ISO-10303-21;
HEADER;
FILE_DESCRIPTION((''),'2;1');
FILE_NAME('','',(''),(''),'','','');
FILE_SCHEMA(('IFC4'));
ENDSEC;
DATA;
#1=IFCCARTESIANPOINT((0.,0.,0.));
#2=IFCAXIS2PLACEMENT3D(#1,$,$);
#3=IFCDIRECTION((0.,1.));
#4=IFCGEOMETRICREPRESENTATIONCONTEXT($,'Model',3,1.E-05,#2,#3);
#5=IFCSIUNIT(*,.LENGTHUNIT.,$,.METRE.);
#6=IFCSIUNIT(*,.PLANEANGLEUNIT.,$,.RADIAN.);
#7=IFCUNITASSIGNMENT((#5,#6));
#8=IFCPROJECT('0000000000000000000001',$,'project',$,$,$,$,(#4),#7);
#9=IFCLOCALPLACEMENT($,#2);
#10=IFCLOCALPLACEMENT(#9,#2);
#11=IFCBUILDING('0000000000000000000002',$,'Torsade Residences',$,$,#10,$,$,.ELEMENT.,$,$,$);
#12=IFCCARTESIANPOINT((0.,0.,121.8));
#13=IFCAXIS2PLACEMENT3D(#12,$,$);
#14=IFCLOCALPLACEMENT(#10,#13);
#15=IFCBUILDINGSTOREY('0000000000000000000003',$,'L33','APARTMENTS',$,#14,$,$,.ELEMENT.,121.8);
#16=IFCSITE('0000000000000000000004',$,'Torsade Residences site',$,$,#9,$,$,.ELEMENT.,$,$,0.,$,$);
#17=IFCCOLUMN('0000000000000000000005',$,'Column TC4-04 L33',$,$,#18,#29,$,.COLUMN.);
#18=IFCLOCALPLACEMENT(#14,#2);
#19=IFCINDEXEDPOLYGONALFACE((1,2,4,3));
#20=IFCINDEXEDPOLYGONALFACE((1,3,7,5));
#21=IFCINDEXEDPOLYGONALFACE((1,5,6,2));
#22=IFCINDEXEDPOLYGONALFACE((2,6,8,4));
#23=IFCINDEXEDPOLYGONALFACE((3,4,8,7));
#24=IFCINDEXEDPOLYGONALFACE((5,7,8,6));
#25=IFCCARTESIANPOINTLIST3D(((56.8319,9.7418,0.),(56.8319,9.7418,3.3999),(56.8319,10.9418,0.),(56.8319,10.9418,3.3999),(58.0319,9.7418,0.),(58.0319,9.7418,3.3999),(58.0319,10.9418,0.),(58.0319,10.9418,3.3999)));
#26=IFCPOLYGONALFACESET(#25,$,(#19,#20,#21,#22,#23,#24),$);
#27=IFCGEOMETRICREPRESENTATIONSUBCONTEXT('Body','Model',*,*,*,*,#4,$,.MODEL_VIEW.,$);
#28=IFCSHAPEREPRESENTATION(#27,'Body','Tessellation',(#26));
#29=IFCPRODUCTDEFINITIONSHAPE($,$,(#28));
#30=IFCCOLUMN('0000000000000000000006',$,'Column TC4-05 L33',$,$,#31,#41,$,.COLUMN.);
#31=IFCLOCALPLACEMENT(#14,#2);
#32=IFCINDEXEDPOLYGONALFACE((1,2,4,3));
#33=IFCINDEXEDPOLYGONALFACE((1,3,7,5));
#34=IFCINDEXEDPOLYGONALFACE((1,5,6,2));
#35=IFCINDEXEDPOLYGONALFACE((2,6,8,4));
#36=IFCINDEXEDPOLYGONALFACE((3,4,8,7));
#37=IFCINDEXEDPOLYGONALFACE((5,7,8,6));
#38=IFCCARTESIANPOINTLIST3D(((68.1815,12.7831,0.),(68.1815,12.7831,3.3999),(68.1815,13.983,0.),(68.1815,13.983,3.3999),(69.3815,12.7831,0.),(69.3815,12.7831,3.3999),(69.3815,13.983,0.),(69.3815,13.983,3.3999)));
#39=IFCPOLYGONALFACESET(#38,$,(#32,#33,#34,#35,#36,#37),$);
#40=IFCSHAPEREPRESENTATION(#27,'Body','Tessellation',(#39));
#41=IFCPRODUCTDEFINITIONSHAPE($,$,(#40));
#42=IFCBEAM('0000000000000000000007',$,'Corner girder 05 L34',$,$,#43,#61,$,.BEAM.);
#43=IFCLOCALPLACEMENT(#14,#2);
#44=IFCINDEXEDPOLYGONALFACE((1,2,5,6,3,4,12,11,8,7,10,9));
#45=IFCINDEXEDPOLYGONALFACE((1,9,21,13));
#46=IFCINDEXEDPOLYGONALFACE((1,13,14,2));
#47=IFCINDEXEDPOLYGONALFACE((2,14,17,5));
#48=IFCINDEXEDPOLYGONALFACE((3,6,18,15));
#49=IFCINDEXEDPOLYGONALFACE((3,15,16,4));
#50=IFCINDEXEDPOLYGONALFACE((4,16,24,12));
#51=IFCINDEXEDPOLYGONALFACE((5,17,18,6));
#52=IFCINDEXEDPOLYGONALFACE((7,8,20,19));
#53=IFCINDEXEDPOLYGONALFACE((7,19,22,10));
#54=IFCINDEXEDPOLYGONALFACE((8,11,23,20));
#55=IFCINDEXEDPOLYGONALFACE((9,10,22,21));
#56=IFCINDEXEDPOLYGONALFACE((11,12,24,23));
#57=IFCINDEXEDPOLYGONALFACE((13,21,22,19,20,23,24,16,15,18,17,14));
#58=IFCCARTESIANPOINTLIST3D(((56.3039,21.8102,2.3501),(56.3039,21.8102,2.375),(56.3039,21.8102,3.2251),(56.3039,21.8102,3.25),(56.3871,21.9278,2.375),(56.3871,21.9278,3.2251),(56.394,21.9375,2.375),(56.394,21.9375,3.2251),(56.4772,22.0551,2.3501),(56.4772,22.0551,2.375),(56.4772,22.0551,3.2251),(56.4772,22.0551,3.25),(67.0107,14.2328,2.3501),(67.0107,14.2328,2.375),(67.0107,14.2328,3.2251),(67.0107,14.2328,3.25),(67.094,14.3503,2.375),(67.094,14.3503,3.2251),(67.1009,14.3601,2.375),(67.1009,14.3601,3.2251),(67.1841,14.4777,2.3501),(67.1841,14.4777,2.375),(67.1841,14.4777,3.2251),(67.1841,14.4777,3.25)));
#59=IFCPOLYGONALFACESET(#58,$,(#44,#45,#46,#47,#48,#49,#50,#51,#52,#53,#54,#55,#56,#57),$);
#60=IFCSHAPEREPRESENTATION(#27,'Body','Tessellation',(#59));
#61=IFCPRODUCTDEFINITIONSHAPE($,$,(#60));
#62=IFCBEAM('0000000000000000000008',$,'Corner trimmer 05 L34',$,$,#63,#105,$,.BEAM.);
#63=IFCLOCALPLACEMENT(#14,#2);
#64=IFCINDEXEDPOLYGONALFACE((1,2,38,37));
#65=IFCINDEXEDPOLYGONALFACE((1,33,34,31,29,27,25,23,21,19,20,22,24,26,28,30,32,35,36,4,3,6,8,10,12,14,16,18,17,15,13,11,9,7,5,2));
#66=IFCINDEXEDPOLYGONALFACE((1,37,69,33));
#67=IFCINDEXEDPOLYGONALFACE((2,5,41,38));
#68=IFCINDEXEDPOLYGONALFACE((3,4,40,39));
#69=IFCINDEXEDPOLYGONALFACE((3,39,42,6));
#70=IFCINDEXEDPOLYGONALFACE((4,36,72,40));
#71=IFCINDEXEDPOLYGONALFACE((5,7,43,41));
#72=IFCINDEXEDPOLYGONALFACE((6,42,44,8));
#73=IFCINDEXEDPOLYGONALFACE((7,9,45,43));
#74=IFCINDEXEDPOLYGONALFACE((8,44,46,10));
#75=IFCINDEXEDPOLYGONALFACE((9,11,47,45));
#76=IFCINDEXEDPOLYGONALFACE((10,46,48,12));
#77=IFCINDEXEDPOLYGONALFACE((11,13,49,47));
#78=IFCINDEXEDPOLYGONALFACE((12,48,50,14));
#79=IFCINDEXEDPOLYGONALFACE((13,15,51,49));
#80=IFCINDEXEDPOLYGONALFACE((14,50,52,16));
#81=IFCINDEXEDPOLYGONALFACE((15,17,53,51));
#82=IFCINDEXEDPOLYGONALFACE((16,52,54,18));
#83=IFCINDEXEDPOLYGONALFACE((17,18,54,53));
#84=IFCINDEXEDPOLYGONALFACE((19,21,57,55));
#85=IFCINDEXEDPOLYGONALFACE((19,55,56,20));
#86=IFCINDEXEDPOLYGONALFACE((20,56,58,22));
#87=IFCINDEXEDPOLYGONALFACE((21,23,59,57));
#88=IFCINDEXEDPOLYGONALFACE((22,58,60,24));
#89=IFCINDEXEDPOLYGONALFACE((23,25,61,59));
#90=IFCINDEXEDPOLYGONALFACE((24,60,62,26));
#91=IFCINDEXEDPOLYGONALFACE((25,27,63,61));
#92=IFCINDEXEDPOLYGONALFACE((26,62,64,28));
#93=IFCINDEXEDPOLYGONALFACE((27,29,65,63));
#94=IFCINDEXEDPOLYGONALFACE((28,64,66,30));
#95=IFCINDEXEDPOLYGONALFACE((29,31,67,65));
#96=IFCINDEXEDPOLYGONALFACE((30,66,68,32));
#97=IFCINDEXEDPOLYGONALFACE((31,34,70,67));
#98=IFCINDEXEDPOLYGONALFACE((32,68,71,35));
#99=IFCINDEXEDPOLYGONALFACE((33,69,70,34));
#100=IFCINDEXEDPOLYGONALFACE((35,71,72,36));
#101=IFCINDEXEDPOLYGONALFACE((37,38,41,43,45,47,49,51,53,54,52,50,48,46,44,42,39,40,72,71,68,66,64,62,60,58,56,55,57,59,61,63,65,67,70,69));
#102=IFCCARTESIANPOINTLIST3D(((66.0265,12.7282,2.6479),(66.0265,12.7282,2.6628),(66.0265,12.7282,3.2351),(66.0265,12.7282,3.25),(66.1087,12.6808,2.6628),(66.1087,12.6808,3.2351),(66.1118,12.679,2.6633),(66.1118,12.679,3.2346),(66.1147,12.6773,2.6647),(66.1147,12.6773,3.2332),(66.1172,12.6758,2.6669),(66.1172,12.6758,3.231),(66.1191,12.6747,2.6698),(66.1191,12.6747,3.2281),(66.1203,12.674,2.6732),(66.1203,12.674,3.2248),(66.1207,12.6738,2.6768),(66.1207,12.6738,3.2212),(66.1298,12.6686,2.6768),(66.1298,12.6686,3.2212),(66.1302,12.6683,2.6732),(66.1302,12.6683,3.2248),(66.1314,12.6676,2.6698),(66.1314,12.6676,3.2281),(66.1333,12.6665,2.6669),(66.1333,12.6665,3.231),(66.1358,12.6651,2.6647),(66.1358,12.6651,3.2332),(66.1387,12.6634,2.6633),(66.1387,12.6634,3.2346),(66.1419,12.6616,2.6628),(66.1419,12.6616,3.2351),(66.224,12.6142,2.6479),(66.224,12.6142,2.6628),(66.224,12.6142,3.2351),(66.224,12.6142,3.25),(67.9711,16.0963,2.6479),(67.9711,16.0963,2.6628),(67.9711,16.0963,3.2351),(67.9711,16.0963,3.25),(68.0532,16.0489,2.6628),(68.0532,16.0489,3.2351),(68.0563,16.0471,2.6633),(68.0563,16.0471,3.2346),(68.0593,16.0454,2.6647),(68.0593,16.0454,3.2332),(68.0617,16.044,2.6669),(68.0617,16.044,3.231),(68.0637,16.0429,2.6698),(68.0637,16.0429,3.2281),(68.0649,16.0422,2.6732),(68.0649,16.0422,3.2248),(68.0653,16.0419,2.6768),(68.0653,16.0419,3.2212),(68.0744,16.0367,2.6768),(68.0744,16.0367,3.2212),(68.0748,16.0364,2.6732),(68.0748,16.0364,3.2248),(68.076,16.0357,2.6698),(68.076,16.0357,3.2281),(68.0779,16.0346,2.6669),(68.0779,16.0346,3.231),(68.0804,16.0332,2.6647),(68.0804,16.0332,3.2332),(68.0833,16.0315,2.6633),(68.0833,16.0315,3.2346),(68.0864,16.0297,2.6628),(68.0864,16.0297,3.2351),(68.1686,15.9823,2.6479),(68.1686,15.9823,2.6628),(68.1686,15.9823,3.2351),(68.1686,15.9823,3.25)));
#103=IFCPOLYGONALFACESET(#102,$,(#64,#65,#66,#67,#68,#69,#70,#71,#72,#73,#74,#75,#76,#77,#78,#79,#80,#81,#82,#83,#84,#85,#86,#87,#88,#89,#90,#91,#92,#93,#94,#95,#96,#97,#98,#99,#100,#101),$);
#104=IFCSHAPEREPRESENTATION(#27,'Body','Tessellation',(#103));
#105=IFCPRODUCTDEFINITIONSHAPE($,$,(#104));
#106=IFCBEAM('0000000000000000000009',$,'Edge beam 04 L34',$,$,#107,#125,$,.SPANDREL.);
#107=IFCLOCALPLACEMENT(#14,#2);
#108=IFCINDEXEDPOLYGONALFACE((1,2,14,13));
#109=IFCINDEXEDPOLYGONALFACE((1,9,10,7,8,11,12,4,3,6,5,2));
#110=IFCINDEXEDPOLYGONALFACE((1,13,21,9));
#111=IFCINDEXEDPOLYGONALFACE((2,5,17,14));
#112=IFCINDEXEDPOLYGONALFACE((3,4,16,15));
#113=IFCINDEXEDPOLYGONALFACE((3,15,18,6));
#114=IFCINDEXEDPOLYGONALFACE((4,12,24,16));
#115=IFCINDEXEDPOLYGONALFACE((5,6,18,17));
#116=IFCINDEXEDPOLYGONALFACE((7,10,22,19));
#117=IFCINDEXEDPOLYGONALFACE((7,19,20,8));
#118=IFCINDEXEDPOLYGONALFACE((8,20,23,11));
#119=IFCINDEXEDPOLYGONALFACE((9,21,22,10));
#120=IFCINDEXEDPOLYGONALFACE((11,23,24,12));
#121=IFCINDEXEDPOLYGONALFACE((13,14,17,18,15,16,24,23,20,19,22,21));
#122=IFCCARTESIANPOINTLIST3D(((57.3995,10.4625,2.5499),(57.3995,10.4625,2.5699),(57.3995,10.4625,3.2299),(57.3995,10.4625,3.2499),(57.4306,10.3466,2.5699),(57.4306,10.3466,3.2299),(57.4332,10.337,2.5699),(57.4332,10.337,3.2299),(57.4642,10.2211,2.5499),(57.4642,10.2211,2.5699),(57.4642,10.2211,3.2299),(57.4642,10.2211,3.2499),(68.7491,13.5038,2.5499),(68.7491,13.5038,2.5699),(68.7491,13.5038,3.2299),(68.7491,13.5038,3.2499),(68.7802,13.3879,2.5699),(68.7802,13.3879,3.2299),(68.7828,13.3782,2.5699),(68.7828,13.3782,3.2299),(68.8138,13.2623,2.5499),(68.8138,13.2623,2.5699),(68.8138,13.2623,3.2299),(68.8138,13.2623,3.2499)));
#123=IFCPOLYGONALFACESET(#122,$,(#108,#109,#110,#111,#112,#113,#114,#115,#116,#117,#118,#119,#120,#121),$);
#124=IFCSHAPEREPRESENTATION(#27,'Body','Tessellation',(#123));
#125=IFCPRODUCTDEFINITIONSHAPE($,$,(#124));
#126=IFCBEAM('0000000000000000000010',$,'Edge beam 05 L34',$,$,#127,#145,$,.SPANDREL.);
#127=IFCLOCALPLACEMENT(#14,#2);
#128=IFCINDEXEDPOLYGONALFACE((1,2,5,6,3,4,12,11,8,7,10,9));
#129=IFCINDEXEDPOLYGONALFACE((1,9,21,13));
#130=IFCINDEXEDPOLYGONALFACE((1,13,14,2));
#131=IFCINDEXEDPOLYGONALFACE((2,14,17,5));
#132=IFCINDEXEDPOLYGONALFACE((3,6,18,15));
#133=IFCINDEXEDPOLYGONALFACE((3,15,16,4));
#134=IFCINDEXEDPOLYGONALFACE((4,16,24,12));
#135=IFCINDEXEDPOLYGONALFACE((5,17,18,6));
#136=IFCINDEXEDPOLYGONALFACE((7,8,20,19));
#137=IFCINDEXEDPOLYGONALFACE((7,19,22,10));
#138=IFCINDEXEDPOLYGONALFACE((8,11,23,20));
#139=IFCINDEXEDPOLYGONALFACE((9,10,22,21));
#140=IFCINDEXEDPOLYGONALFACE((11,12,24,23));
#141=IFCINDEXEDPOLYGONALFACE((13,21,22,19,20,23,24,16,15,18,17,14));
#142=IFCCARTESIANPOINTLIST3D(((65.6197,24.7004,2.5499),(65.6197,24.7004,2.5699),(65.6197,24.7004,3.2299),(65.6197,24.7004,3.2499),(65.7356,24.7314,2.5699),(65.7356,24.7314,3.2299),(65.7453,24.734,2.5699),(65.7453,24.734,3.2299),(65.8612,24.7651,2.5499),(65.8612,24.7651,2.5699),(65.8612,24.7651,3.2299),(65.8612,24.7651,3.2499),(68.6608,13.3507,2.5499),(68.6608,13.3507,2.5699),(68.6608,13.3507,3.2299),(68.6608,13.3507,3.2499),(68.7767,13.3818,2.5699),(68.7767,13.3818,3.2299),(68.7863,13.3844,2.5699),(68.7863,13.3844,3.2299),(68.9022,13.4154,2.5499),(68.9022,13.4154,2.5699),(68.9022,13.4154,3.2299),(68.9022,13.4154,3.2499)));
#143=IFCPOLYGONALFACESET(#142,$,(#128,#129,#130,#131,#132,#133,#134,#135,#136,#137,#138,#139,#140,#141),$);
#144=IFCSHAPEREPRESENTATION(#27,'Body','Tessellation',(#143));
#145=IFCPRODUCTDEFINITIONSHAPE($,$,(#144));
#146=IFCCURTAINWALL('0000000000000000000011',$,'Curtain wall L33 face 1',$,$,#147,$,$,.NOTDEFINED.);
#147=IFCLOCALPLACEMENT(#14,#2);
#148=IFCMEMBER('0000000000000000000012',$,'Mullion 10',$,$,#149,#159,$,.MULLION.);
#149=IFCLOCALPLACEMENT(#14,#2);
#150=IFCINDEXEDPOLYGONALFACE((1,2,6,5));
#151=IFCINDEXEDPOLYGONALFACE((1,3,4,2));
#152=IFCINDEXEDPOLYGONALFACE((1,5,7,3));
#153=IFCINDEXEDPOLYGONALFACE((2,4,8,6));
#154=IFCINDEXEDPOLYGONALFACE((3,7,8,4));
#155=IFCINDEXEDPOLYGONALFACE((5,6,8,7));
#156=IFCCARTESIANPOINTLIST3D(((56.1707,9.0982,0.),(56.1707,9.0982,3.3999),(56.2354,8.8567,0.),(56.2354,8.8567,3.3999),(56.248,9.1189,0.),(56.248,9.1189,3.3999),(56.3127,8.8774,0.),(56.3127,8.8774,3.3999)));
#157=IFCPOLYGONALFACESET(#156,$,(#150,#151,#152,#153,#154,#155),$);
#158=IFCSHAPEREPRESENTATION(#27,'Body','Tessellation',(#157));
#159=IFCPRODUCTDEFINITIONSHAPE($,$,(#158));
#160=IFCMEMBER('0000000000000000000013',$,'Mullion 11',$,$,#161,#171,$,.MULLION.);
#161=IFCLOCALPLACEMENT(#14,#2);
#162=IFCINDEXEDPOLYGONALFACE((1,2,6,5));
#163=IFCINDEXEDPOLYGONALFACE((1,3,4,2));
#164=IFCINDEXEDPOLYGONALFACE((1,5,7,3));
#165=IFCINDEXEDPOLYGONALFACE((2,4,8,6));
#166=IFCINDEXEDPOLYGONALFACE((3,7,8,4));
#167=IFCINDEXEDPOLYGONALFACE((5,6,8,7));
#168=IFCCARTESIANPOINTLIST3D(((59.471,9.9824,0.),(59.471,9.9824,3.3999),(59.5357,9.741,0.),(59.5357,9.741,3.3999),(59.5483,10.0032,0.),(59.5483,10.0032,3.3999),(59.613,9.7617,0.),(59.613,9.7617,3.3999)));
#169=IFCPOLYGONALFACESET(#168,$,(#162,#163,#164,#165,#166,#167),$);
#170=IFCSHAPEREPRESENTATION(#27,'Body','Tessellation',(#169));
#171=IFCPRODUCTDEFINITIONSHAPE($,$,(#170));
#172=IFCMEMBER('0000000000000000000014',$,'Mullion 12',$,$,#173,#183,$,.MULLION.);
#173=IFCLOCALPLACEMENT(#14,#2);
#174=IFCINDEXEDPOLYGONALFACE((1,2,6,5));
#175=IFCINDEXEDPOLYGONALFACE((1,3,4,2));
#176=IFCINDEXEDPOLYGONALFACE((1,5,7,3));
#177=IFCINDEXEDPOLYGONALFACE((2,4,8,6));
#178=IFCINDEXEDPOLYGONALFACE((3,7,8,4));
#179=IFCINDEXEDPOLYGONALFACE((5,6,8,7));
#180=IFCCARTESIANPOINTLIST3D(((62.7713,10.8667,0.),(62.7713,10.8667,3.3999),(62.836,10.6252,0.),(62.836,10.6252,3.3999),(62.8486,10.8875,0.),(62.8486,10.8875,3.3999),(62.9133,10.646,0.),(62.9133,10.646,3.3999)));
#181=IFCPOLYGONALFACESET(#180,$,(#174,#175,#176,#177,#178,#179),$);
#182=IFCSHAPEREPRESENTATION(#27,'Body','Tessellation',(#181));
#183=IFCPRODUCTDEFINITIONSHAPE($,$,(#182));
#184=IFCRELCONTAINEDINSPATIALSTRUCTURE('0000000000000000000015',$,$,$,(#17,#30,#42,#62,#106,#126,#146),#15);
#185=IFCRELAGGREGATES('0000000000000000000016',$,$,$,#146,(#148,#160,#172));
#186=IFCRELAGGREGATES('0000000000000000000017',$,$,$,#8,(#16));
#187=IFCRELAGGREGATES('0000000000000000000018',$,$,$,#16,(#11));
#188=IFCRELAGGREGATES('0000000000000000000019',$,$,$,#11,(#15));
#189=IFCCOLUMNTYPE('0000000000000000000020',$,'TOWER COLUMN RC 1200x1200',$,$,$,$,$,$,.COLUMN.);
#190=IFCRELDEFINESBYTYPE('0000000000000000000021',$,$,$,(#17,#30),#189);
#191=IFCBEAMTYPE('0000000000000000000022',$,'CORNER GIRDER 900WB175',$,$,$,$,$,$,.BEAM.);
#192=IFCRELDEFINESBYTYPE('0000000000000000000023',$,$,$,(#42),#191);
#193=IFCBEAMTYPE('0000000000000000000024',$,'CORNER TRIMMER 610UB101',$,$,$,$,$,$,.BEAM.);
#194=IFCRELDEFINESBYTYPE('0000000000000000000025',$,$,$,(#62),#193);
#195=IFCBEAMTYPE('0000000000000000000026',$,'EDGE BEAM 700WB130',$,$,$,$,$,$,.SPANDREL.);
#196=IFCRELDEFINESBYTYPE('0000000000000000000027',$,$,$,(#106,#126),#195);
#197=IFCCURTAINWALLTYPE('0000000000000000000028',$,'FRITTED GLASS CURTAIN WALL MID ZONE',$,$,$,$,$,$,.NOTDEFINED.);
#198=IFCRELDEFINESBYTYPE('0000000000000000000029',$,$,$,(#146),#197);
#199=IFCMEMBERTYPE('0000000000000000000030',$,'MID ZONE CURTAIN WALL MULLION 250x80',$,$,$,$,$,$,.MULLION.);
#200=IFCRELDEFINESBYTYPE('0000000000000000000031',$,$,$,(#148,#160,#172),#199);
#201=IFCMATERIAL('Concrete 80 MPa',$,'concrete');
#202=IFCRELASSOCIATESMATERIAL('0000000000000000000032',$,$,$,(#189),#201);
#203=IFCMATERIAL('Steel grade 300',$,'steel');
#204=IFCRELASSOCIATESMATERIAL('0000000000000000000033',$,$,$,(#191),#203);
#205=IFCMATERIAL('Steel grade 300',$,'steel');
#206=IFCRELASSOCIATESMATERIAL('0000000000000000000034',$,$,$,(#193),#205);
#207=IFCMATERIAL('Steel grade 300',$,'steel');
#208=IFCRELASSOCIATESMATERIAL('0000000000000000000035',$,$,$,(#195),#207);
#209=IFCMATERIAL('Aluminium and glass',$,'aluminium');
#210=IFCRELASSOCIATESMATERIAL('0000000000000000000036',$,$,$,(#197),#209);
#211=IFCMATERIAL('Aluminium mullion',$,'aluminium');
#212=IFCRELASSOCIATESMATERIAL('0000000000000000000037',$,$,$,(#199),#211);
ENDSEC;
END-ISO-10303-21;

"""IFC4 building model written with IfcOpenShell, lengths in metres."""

from ifc_helpers import new_model, si_unit, direction, frame, origin, origin_2d, place, context, subcontext, project, spatial, rectangle, i_section, extrude, material, material_profile, profile_set, type_object, element, aggregate, save


model = new_model("IFC4")

# Units and contexts
model_context = context("Model", 3, precision=1e-05, world=origin(), true_north=direction((0.0, 1.0)))
body_context = subcontext(model_context, "Body", "Model", "MODEL_VIEW")
ifc_project = project(units=[si_unit("LENGTHUNIT", "METRE"), si_unit("PLANEANGLEUNIT", "RADIAN")], contexts=[model_context])

# Site, building, storey
site_placement = place(None, origin())
site = spatial("IfcSite", under=ifc_project, at=site_placement, Name="Torsade Residences site", CompositionType="ELEMENT", RefElevation=0.0)
building_placement = place(site_placement, origin())
building = spatial("IfcBuilding", under=site, at=building_placement, Name="Torsade Residences", CompositionType="ELEMENT")
storey_placement = place(building_placement, frame((0.0, 0.0, 121.8)))
storey = spatial("IfcBuildingStorey", under=building, at=storey_placement, Name="L33", Description="APARTMENTS", CompositionType="ELEMENT", Elevation=121.8)

# Columns
ifc_material_1 = material(Name="Concrete 80 MPa", Category="concrete")
ifc_material_profile_1 = material_profile(ifc_material_1, rectangle(XDim=1.2, YDim=1.2, at=origin_2d()), Name="RC 1200x1200")
ifc_profile_set_1 = profile_set([ifc_material_profile_1], Name="Concrete 80 MPa")
column_type = type_object("IfcColumnType", Name="TOWER COLUMN RC 1200x1200", PredefinedType="COLUMN", material=ifc_profile_set_1)
for number, where, z_axis, x_axis, name in (
    (1, (57.4319, 10.3418, 0.0), (0.0, 0.0, 1.0), (1.0, 0.0, 0.0), "Column TC4-04 L33"),
    (2, (68.7815, 13.3831, 0.0), (0.0, 0.0, 1.0), (1.0, 0.0, 0.0), "Column TC4-05 L33"),
):
    element("IfcColumn", number, at=place(storey_placement, frame(where, z_axis=z_axis, x_axis=x_axis)), inside=storey, type_object=column_type, Name=name, PredefinedType="COLUMN", context=body_context, shape_type="SweptSolid", body=[
        extrude(rectangle(XDim=1.2, YDim=1.2, at=origin_2d()), origin(), (0.0, 0.0, 1.0), 3.3999),
    ])

# Beams
ifc_material_2 = material(Name="Steel grade 300", Category="steel")
ifc_material_profile_2 = material_profile(ifc_material_2, i_section(OverallWidth=0.3, OverallDepth=0.8999, WebThickness=0.012, FlangeThickness=0.0249, at=origin_2d()), Name="900WB175")
ifc_profile_set_2 = profile_set([ifc_material_profile_2], Name="Steel grade 300")
beam_type_1 = type_object("IfcBeamType", Name="CORNER GIRDER 900WB175", PredefinedType="BEAM", material=ifc_profile_set_2)
beam_1_placement = place(storey_placement, frame((67.0974, 14.3552, 2.8), z_axis=(-0.816261, 0.577683, 0.0), x_axis=(-0.577683, -0.816261, 0.0)))
element("IfcBeam", 3, at=beam_1_placement, inside=storey, type_object=beam_type_1, Name="Corner girder 05 L34", PredefinedType="BEAM", context=body_context, shape_type="SweptSolid", body=[
    extrude(i_section(OverallWidth=0.3, OverallDepth=0.8999, WebThickness=0.012, FlangeThickness=0.0249, at=origin_2d()), origin(), (0.0, 0.0, 1.0), 13.1169),
])
ifc_material_3 = material(Name="Steel grade 300", Category="steel")
ifc_material_profile_3 = material_profile(ifc_material_3, i_section(OverallWidth=0.228, OverallDepth=0.6021, WebThickness=0.0105, FlangeThickness=0.0149, FilletRadius=0.0139, at=origin_2d()), Name="610UB101")
ifc_profile_set_3 = profile_set([ifc_material_profile_3], Name="Steel grade 300")
beam_type_2 = type_object("IfcBeamType", Name="CORNER TRIMMER 610UB101", PredefinedType="BEAM", material=ifc_profile_set_3)
beam_2_placement = place(storey_placement, frame((68.0698, 16.0393, 2.949), z_axis=(-0.499994, -0.866029, 0.0), x_axis=(0.866029, -0.499994, 0.0)))
element("IfcBeam", 4, at=beam_2_placement, inside=storey, type_object=beam_type_2, Name="Corner trimmer 05 L34", PredefinedType="BEAM", context=body_context, shape_type="SweptSolid", body=[
    extrude(i_section(OverallWidth=0.228, OverallDepth=0.6021, WebThickness=0.0105, FlangeThickness=0.0149, FilletRadius=0.0139, at=origin_2d()), origin(), (0.0, 0.0, 1.0), 3.8892),
])
ifc_material_4 = material(Name="Steel grade 300", Category="steel")
ifc_material_profile_4 = material_profile(ifc_material_4, i_section(OverallWidth=0.25, OverallDepth=0.7, WebThickness=0.01, FlangeThickness=0.02, at=origin_2d()), Name="700WB130")
ifc_profile_set_4 = profile_set([ifc_material_profile_4], Name="Steel grade 300")
beam_type_3 = type_object("IfcBeamType", Name="EDGE BEAM 700WB130", PredefinedType="SPANDREL", material=ifc_profile_set_4)
for number, where, z_axis, x_axis, name in (
    (5, (57.4319, 10.3418, 2.8999), (0.965923, 0.25883, 0.0), (-0.25883, 0.965923, 0.0), "Edge beam 04 L34"),
    (6, (68.7815, 13.3831, 2.8999), (-0.258811, 0.965928, 0.0), (-0.965928, -0.258811, 0.0), "Edge beam 05 L34"),
):
    element("IfcBeam", number, at=place(storey_placement, frame(where, z_axis=z_axis, x_axis=x_axis)), inside=storey, type_object=beam_type_3, Name=name, PredefinedType="SPANDREL", context=body_context, shape_type="SweptSolid", body=[
        extrude(i_section(OverallWidth=0.25, OverallDepth=0.7, WebThickness=0.01, FlangeThickness=0.02, at=origin_2d()), origin(), (0.0, 0.0, 1.0), 11.75),
    ])

# Curtain wall, members
ifc_material_5 = material(Name="Aluminium and glass", Category="aluminium")
curtain_wall_type = type_object("IfcCurtainWallType", Name="FRITTED GLASS CURTAIN WALL MID ZONE", PredefinedType="NOTDEFINED", material=ifc_material_5)
curtain_wall_placement = place(storey_placement, origin())
curtain_wall = element("IfcCurtainWall", 7, at=curtain_wall_placement, inside=storey, type_object=curtain_wall_type, Name="Curtain wall L33 face 1", PredefinedType="NOTDEFINED")
ifc_material_6 = material(Name="Aluminium mullion", Category="aluminium")
ifc_material_profile_5 = material_profile(ifc_material_6, rectangle(XDim=0.25, YDim=0.0801, at=origin_2d()), Name="MID ZONE CURTAIN WALL MULLION 250x80")
ifc_profile_set_5 = profile_set([ifc_material_profile_5], Name="Aluminium mullion")
member_type_1 = type_object("IfcMemberType", Name="MID ZONE CURTAIN WALL MULLION 250x80", PredefinedType="MULLION", material=ifc_profile_set_5)
member_1_placement = place(storey_placement, frame((56.2417, 8.9878, 0.0), z_axis=(0.0, 0.0, 1.0), x_axis=(-0.258819, 0.965926, 0.0)))
member_1 = element("IfcMember", 8, at=member_1_placement, type_object=member_type_1, Name="Mullion 10", PredefinedType="MULLION", context=body_context, shape_type="SweptSolid", body=[
    extrude(rectangle(XDim=0.25, YDim=0.0801, at=origin_2d()), origin(), (0.0, 0.0, 1.0), 3.3999),
])
member_2_placement = place(storey_placement, frame((59.542, 9.8721, 0.0), z_axis=(0.0, 0.0, 1.0), x_axis=(-0.258819, 0.965926, 0.0)))
member_2 = element("IfcMember", 9, at=member_2_placement, type_object=member_type_1, Name="Mullion 11", PredefinedType="MULLION", context=body_context, shape_type="SweptSolid", body=[
    extrude(rectangle(XDim=0.25, YDim=0.0801, at=origin_2d()), origin(), (0.0, 0.0, 1.0), 3.3999),
])
member_3_placement = place(storey_placement, frame((62.8423, 10.7563, 0.0), z_axis=(0.0, 0.0, 1.0), x_axis=(-0.258819, 0.965926, 0.0)))
member_3 = element("IfcMember", 10, at=member_3_placement, type_object=member_type_1, Name="Mullion 12", PredefinedType="MULLION", context=body_context, shape_type="SweptSolid", body=[
    extrude(rectangle(XDim=0.25, YDim=0.0801, at=origin_2d()), origin(), (0.0, 0.0, 1.0), 3.3999),
])

aggregate(curtain_wall, [member_1, member_2, member_3])

save(model, "model.ifc")
